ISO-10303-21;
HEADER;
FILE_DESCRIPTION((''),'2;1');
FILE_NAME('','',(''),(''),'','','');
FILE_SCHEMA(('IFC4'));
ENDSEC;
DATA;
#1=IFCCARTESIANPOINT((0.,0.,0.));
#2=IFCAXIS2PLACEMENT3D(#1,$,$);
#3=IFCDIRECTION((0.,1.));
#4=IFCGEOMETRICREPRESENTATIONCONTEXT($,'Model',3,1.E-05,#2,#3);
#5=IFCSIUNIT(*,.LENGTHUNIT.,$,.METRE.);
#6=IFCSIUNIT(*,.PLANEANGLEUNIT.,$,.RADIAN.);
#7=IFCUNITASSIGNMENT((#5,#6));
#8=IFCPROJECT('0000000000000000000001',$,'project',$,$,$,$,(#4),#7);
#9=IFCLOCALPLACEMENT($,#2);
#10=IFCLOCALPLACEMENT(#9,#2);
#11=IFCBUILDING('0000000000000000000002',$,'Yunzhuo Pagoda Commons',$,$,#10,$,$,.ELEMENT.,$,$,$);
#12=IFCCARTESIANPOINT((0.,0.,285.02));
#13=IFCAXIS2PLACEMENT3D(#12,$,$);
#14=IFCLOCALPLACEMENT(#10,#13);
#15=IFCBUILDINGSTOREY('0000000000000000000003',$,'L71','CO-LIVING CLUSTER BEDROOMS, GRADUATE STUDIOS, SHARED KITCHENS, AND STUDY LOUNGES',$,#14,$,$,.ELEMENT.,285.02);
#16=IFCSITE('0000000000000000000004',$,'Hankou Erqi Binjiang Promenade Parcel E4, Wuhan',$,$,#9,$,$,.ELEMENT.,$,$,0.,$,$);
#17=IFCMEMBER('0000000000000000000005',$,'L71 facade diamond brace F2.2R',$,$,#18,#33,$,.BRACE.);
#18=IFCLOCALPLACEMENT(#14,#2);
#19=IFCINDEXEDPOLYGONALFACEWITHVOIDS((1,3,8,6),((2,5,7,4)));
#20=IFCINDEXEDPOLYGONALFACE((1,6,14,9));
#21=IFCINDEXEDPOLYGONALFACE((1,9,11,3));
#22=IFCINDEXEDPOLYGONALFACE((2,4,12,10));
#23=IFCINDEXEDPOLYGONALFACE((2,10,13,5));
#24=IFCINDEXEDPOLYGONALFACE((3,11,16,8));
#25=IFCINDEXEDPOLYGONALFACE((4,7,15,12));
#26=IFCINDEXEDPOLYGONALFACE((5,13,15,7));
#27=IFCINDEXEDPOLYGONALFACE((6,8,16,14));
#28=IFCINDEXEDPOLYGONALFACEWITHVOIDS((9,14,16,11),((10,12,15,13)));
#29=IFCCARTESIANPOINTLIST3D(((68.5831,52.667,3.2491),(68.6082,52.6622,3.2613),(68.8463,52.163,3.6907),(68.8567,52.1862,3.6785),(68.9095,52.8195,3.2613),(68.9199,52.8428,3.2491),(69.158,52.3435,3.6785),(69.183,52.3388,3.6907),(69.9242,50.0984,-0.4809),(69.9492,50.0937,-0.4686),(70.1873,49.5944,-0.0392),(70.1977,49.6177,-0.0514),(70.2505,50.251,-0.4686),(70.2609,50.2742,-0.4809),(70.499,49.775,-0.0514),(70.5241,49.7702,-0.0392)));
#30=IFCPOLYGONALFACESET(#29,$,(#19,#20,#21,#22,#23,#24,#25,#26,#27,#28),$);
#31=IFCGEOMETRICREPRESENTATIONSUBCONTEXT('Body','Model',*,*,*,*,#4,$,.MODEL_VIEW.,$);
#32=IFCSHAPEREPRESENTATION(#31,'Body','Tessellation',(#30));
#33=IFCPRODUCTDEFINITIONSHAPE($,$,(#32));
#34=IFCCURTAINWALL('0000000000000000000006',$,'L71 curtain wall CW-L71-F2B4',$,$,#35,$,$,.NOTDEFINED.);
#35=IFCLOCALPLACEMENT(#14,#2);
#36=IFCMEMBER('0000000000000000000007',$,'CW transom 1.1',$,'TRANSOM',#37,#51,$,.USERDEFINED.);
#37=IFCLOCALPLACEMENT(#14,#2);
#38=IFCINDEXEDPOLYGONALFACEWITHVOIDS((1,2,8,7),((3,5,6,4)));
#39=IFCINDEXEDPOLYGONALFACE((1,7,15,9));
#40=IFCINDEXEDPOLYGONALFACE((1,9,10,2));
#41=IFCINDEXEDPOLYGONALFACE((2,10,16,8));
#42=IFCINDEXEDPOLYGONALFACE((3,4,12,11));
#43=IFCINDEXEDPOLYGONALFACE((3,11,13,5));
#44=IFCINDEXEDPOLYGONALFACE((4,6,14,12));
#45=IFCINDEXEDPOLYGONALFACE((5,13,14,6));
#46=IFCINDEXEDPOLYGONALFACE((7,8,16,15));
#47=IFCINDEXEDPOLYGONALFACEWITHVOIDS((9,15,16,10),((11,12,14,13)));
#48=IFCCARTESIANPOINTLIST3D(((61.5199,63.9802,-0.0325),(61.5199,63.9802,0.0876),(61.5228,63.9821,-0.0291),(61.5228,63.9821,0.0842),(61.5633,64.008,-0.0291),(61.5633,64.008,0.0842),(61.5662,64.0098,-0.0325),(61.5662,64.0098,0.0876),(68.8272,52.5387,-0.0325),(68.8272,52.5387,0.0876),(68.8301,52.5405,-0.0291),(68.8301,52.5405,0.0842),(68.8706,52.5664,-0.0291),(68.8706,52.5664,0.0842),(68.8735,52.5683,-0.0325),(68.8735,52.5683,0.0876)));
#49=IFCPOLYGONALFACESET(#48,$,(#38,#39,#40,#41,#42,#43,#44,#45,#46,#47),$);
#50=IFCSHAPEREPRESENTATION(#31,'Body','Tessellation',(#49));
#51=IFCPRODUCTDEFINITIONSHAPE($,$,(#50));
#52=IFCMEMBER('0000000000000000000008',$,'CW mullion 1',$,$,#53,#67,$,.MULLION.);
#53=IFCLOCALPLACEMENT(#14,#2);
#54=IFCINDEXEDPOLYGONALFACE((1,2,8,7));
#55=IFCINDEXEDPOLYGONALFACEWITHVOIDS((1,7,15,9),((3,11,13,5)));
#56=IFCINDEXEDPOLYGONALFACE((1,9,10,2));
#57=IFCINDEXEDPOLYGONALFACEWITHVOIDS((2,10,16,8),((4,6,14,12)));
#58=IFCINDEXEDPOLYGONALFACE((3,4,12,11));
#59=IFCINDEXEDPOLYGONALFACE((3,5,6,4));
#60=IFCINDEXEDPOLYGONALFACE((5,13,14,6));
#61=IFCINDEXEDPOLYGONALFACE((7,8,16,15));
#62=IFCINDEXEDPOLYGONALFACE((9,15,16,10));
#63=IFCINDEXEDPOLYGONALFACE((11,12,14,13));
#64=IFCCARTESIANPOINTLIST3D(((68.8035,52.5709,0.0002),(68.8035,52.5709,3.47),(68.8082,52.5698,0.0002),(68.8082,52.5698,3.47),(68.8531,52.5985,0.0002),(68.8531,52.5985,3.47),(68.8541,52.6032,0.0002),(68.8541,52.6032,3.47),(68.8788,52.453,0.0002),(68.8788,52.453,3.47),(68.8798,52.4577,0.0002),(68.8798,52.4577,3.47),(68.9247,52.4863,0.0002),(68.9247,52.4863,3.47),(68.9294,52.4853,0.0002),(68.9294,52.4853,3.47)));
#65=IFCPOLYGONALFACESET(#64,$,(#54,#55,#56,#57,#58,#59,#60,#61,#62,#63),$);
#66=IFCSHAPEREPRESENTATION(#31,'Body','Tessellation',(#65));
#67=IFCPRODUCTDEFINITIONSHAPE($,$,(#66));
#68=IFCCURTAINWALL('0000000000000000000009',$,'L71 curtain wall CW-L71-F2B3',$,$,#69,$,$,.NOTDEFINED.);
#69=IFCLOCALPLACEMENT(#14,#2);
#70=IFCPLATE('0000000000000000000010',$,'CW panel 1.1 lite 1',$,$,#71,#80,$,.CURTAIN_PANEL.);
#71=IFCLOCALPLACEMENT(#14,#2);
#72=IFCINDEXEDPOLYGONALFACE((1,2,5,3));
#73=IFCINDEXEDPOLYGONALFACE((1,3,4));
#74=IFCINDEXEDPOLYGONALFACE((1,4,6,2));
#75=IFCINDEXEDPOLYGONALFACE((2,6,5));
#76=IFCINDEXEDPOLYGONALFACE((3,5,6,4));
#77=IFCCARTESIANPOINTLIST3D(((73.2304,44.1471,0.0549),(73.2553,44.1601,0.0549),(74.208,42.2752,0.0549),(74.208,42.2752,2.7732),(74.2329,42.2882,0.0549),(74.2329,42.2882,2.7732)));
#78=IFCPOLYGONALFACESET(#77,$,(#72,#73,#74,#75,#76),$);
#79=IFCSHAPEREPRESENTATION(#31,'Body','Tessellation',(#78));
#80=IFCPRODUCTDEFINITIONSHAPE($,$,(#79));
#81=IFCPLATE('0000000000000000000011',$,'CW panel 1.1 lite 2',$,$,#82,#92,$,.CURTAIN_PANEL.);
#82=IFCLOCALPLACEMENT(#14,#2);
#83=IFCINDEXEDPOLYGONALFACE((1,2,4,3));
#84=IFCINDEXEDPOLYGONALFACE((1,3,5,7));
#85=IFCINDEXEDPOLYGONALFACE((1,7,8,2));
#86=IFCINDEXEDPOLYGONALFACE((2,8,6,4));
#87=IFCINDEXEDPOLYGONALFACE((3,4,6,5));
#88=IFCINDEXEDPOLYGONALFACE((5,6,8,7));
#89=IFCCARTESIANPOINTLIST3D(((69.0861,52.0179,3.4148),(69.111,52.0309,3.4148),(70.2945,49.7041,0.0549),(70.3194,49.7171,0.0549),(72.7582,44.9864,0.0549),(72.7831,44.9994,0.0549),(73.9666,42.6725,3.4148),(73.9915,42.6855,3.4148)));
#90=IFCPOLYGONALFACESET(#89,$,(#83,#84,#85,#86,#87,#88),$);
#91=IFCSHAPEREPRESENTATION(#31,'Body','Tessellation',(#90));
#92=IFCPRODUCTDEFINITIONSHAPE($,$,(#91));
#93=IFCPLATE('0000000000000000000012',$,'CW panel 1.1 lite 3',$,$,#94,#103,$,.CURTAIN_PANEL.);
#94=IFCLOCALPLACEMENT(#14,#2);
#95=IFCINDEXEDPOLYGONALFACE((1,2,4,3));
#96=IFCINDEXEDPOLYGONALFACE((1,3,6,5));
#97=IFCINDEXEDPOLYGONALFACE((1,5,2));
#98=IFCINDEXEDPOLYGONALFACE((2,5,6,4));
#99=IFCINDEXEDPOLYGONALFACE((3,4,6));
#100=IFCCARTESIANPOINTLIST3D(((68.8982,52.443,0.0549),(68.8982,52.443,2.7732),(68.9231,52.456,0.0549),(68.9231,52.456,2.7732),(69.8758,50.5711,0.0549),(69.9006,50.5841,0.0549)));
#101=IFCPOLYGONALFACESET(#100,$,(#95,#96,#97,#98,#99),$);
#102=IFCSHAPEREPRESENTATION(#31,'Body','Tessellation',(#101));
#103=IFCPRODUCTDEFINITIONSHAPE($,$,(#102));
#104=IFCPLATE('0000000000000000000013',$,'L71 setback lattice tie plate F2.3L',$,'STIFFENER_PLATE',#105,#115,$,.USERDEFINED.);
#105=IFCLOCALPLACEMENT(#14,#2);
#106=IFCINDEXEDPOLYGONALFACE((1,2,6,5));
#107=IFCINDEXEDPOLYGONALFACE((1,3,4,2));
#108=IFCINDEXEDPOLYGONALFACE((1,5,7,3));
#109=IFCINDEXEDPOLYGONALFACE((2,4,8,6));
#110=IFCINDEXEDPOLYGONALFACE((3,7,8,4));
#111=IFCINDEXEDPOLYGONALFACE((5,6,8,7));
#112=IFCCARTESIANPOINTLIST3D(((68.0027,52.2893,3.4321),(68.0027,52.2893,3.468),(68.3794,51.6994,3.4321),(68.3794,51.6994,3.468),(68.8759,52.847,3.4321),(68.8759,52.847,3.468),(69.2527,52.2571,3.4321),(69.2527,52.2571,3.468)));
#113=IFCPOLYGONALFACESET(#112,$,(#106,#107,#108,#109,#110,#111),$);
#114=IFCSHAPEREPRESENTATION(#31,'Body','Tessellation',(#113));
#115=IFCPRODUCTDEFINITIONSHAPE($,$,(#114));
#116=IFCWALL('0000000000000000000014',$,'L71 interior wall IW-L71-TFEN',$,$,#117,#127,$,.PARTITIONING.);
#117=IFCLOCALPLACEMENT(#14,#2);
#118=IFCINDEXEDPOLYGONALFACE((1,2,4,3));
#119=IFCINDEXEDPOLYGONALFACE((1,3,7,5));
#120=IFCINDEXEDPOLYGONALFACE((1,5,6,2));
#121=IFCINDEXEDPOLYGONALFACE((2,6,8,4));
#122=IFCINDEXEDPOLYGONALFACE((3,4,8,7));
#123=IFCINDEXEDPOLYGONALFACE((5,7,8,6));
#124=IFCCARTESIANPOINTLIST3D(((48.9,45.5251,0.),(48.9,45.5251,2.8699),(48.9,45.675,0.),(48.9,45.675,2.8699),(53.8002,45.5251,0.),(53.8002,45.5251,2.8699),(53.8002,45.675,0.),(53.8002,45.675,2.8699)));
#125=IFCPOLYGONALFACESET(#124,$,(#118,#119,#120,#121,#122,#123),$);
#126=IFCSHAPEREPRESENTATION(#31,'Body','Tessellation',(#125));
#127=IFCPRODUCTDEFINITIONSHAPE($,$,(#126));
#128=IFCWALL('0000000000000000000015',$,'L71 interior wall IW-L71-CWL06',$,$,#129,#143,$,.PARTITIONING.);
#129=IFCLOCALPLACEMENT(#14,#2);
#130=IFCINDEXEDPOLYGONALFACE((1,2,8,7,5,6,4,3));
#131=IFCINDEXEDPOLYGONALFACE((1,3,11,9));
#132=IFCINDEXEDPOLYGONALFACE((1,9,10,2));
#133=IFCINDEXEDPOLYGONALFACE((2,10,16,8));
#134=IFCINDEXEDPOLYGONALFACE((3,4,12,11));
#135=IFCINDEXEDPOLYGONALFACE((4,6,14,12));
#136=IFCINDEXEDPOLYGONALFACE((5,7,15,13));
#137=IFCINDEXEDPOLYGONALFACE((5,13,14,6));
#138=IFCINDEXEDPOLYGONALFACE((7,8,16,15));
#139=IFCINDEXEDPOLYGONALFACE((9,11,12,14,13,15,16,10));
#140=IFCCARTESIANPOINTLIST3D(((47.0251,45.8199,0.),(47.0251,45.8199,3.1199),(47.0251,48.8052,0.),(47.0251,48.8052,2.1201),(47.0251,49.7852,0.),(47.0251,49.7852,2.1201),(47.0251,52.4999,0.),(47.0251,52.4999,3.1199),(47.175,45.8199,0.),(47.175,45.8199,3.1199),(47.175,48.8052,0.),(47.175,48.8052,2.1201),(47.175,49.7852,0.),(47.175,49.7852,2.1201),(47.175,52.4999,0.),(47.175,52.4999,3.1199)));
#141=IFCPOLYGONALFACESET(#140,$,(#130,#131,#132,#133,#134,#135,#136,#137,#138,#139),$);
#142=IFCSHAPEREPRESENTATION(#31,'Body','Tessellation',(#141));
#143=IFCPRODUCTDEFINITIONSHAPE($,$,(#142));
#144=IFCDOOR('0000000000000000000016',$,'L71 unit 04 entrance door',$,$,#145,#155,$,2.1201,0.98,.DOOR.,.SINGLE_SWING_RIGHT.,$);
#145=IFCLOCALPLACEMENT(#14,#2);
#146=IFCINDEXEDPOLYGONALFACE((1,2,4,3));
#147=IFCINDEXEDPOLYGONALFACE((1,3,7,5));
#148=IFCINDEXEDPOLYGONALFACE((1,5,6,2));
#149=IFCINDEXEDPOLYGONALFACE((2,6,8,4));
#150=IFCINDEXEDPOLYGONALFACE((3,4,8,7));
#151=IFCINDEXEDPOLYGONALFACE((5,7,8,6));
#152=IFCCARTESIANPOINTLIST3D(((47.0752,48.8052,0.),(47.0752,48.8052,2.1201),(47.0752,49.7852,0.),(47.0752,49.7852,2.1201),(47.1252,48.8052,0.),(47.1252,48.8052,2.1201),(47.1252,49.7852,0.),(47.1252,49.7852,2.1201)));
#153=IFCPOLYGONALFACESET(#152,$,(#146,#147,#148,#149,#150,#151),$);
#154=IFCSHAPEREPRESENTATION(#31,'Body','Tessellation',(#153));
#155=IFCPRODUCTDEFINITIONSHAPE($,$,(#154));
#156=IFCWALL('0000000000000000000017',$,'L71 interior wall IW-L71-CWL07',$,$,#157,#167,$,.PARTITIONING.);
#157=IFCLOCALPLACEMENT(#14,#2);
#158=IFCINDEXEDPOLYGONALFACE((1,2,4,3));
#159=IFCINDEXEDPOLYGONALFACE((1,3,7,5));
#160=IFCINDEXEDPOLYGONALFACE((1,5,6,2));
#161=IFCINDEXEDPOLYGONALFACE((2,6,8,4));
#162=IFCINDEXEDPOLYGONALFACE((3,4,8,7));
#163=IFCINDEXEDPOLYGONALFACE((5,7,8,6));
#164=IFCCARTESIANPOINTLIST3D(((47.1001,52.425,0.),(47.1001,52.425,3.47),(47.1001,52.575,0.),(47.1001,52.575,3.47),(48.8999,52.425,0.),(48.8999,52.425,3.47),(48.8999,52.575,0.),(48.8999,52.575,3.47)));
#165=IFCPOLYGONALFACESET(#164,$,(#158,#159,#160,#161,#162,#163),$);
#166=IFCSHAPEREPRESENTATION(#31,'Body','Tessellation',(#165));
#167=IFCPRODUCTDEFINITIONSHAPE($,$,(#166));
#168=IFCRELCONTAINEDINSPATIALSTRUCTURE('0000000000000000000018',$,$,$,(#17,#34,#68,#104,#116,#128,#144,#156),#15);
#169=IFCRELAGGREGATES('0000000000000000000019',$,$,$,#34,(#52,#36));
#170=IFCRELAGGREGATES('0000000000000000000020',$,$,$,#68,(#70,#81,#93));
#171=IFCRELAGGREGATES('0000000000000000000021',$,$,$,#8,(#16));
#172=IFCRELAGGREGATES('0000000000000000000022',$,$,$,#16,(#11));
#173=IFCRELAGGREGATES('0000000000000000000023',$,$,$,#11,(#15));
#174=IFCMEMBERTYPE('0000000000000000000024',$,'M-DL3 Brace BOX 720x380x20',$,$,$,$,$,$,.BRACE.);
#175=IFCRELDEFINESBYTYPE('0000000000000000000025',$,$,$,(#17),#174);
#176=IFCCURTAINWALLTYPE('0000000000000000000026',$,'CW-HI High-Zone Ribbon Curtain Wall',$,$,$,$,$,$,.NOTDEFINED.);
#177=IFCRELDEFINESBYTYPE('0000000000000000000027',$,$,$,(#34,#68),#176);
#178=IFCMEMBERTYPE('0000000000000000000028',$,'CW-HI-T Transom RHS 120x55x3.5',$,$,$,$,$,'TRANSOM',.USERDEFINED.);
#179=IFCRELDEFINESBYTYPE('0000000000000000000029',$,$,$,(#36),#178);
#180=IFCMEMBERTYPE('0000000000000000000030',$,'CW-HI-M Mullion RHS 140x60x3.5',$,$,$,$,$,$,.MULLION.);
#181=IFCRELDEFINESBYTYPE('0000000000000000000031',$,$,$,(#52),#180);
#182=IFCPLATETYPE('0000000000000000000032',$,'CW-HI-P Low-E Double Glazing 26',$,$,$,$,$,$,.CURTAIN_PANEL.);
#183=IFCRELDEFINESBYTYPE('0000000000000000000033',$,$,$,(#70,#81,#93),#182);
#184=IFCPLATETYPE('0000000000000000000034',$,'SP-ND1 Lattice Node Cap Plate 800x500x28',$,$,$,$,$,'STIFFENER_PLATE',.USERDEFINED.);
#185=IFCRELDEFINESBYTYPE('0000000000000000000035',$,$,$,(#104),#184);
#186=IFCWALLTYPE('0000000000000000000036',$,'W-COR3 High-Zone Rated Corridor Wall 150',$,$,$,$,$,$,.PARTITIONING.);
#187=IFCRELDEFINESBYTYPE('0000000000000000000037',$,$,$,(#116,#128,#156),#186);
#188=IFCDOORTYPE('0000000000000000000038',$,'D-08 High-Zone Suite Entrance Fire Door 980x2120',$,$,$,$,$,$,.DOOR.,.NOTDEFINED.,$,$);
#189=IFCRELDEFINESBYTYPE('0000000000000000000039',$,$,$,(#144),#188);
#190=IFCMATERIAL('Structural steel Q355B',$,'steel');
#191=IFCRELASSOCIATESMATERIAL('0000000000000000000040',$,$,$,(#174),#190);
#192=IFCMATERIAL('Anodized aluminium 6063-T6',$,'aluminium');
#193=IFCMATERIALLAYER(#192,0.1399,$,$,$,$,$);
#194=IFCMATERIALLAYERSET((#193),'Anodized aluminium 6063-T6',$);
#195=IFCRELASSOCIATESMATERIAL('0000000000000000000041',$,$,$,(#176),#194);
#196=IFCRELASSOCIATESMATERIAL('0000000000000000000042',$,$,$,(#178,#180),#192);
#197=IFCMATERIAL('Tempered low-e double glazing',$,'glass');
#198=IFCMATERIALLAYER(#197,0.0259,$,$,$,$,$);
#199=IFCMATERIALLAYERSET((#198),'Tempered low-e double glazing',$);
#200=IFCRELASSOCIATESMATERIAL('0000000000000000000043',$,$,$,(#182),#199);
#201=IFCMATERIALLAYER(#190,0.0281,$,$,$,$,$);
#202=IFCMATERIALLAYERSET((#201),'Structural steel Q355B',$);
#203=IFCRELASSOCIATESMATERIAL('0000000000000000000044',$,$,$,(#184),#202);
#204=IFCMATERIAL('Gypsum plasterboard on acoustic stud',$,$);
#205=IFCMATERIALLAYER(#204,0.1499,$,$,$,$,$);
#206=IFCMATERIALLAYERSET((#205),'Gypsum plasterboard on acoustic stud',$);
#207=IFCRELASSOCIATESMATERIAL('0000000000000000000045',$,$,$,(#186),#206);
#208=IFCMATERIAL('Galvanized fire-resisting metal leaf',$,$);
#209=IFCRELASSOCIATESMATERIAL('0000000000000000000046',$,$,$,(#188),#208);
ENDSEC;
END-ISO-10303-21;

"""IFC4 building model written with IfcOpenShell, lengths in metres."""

from ifc_helpers import new_model, si_unit, direction, frame, frame_2d, origin, origin_with_axes, origin_2d, place, context, subcontext, project, spatial, polyline, rectangle, hollow_rectangle, outline, extrude, source, transform, mapped, material, layer, layer_set, material_profile, profile_set, type_object, element, fill, aggregate, save


model = new_model("IFC4")

# Units and contexts
model_context = context("Model", 3, precision=1e-05, world=origin(), true_north=direction((0.0, 1.0)))
body_context = subcontext(model_context, "Body", "Model", "MODEL_VIEW")
ifc_project = project(units=[si_unit("LENGTHUNIT", "METRE"), si_unit("PLANEANGLEUNIT", "RADIAN")], contexts=[model_context])

# Site, building, storey
site_placement = place(None, origin())
site = spatial("IfcSite", under=ifc_project, at=site_placement, Name="Hankou Erqi Binjiang Promenade Parcel E4, Wuhan", CompositionType="ELEMENT", RefElevation=0.0)
building_placement = place(site_placement, origin())
building = spatial("IfcBuilding", under=site, at=building_placement, Name="Yunzhuo Pagoda Commons", CompositionType="ELEMENT")
storey_placement = place(building_placement, frame((0.0, 0.0, 285.02)))
storey = spatial("IfcBuildingStorey", under=building, at=storey_placement, Name="L71", Description="CO-LIVING CLUSTER BEDROOMS, GRADUATE STUDIOS, SHARED KITCHENS, AND STUDY LOUNGES", CompositionType="ELEMENT", Elevation=285.02)

# Shared definitions
ifc_material_1 = material(Name="Structural steel Q355B", Category="steel")

# Member
ifc_material_profile_1 = material_profile(ifc_material_1, hollow_rectangle(XDim=0.3799, YDim=0.72, WallThickness=0.02, at=origin_2d()), Name="Structural steel Q355B")
ifc_profile_set_1 = profile_set([ifc_material_profile_1], Name="Structural steel Q355B")
member_type_1 = type_object("IfcMemberType", Name="M-DL3 Brace BOX 720x380x20", PredefinedType="BRACE", material=ifc_profile_set_1)
shared_shape_1 = source(origin(), body_context, "Body", "SweptSolid", [
    extrude(hollow_rectangle(XDim=0.3799, YDim=0.72, WallThickness=0.02, at=origin_2d()), origin(), (0.0, 0.0, 1.0), 4.7231),
])
member_1_placement = place(storey_placement, frame((70.2241, 49.9343, -0.26), z_axis=(-0.283929, 0.543823, 0.789709), x_axis=(-0.886454, -0.462817, 0.0)))
element("IfcMember", 1, at=member_1_placement, inside=storey, type_object=member_type_1, Name="L71 facade diamond brace F2.2R", PredefinedType="BRACE", context=body_context, shape_type="MappedRepresentation", body=[
    mapped(shared_shape_1, transform((0.0, 0.0, 0.0), scale=1.0)),
])

# Curtain wall, members
ifc_material_2 = material(Name="Anodized aluminium 6063-T6", Category="aluminium")
ifc_layer_1 = layer(ifc_material_2, 0.1399)
ifc_layer_set_1 = layer_set([ifc_layer_1], Name="Anodized aluminium 6063-T6")
curtain_wall_type = type_object("IfcCurtainWallType", Name="CW-HI High-Zone Ribbon Curtain Wall", PredefinedType="NOTDEFINED", material=ifc_layer_set_1)
curtain_wall_1_placement = place(storey_placement, origin())
curtain_wall_1 = element("IfcCurtainWall", 2, at=curtain_wall_1_placement, inside=storey, type_object=curtain_wall_type, Name="L71 curtain wall CW-L71-F2B4", PredefinedType="NOTDEFINED")
ifc_material_profile_2 = material_profile(ifc_material_2, hollow_rectangle(XDim=0.0549, YDim=0.1201, WallThickness=0.0034, at=origin_2d()), Name="Anodized aluminium 6063-T6")
ifc_profile_set_2 = profile_set([ifc_material_profile_2], Name="Anodized aluminium 6063-T6")
member_type_2 = type_object("IfcMemberType", Name="CW-HI-T Transom RHS 120x55x3.5", ElementType="TRANSOM", PredefinedType="USERDEFINED", material=ifc_profile_set_2)
shared_shape_2 = source(origin(), body_context, "Body", "SweptSolid", [
    extrude(hollow_rectangle(XDim=0.0549, YDim=0.1201, WallThickness=0.0034, at=origin_2d()), origin(), (0.0, 0.0, 1.0), 13.5759),
])
member_2_placement = place(storey_placement, frame((68.8503, 52.5535, 0.0276), z_axis=(-0.538255, 0.842782, 0.0), x_axis=(-0.842782, -0.538255, 0.0)))
member_2 = element("IfcMember", 3, at=member_2_placement, type_object=member_type_2, Name="CW transom 1.1", ObjectType="TRANSOM", PredefinedType="USERDEFINED", context=body_context, shape_type="MappedRepresentation", body=[
    mapped(shared_shape_2, transform((0.0, 0.0, 0.0), scale=1.0)),
])
ifc_material_profile_3 = material_profile(ifc_material_2, hollow_rectangle(XDim=0.0601, YDim=0.1399, WallThickness=0.0034, at=origin_2d()), Name="Anodized aluminium 6063-T6")
ifc_profile_set_3 = profile_set([ifc_material_profile_3], Name="Anodized aluminium 6063-T6")
member_type_3 = type_object("IfcMemberType", Name="CW-HI-M Mullion RHS 140x60x3.5", PredefinedType="MULLION", material=ifc_profile_set_3)
shared_shape_3 = source(origin(), body_context, "Body", "SweptSolid", [
    extrude(hollow_rectangle(XDim=0.0601, YDim=0.1399, WallThickness=0.0034, at=origin_2d()), origin(), (0.0, 0.0, 1.0), 3.4697),
])
member_3_placement = place(storey_placement, frame((68.8665, 52.5281, 0.0002), z_axis=(0.0, 0.0, 1.0), x_axis=(-0.842779, -0.53826, 0.0)))
member_3 = element("IfcMember", 4, at=member_3_placement, type_object=member_type_3, Name="CW mullion 1", PredefinedType="MULLION", context=body_context, shape_type="MappedRepresentation", body=[
    mapped(shared_shape_3, transform((0.0, 0.0, 0.0), scale=1.0)),
])
aggregate(curtain_wall_1, [member_3, member_2])

# Curtain wall, plates
curtain_wall_2_placement = place(storey_placement, origin())
curtain_wall_2 = element("IfcCurtainWall", 5, at=curtain_wall_2_placement, inside=storey, type_object=curtain_wall_type, Name="L71 curtain wall CW-L71-F2B3", PredefinedType="NOTDEFINED")
ifc_material_3 = material(Name="Tempered low-e double glazing", Category="glass")
ifc_layer_2 = layer(ifc_material_3, 0.0259)
ifc_layer_set_2 = layer_set([ifc_layer_2], Name="Tempered low-e double glazing")
plate_type_1 = type_object("IfcPlateType", Name="CW-HI-P Low-E Double Glazing 26", PredefinedType="CURTAIN_PANEL", material=ifc_layer_set_2)
plate_1_placement = place(storey_placement, frame((73.7192, 43.2112, 1.4141), z_axis=(0.886404, 0.462912, 0.0), x_axis=(-0.462912, 0.886404, 0.0)))
plate_1 = element("IfcPlate", 6, at=plate_1_placement, type_object=plate_type_1, Name="CW panel 1.1 lite 1", PredefinedType="CURTAIN_PANEL", context=body_context, shape_type="SweptSolid", body=[
    extrude(outline(polyline([(-1.0559, -1.3591), (1.0559, -1.3591), (-1.0559, 1.3591), (-1.0559, -1.3591)])), origin(), (0.0, 0.0, 1.0), 0.0281),
])
plate_2_placement = place(storey_placement, frame((71.5264, 47.3452, 1.7349), z_axis=(0.886404, 0.462912, 0.0), x_axis=(-0.462912, 0.886404, 0.0)))
plate_2 = element("IfcPlate", 7, at=plate_2_placement, type_object=plate_type_1, Name="CW panel 1.1 lite 2", PredefinedType="CURTAIN_PANEL", context=body_context, shape_type="SweptSolid", body=[
    extrude(outline(polyline([(-5.2715, 1.6799), (-2.6611, -1.6799), (2.6611, -1.6799), (5.2715, 1.6799), (-5.2715, 1.6799)])), origin(), (0.0, 0.0, 1.0), 0.0281),
])
plate_3_placement = place(storey_placement, frame((69.387, 51.5071, 1.4141), z_axis=(0.886404, 0.462912, 0.0), x_axis=(-0.462912, 0.886404, 0.0)))
plate_3 = element("IfcPlate", 8, at=plate_3_placement, type_object=plate_type_1, Name="CW panel 1.1 lite 3", PredefinedType="CURTAIN_PANEL", context=body_context, shape_type="SweptSolid", body=[
    extrude(outline(polyline([(-1.0559, -1.3591), (1.0559, -1.3591), (1.0559, 1.3591), (-1.0559, -1.3591)])), origin(), (0.0, 0.0, 1.0), 0.0281),
])
aggregate(curtain_wall_2, [plate_1, plate_2, plate_3])

# Plate
ifc_layer_3 = layer(ifc_material_1, 0.0281)
ifc_layer_set_3 = layer_set([ifc_layer_3], Name="Structural steel Q355B")
plate_type_2 = type_object("IfcPlateType", Name="SP-ND1 Lattice Node Cap Plate 800x500x28", ElementType="STIFFENER_PLATE", PredefinedType="USERDEFINED", material=ifc_layer_set_3)
shared_shape_4 = source(origin(), body_context, "Body", "SweptSolid", [
    extrude(rectangle(XDim=0.7, YDim=1.0361, at=origin_2d()), origin(), (0.0, 0.0, 1.0), 0.0359),
])
plate_4_placement = place(storey_placement, frame((68.6277, 52.2732, 3.4321), z_axis=(0.0, 0.0, 1.0), x_axis=(-0.538256, 0.842781, 0.0)))
element("IfcPlate", 9, at=plate_4_placement, inside=storey, type_object=plate_type_2, Name="L71 setback lattice tie plate F2.3L", ObjectType="STIFFENER_PLATE", PredefinedType="USERDEFINED", context=body_context, shape_type="MappedRepresentation", body=[
    mapped(shared_shape_4, transform((0.0, 0.0, 0.0), scale=1.0)),
])

# Wall
ifc_material_4 = material(Name="Gypsum plasterboard on acoustic stud")
ifc_layer_4 = layer(ifc_material_4, 0.1499)
ifc_layer_set_4 = layer_set([ifc_layer_4], Name="Gypsum plasterboard on acoustic stud")
wall_type_1 = type_object("IfcWallType", Name="W-COR3 High-Zone Rated Corridor Wall 150", PredefinedType="PARTITIONING", material=ifc_layer_set_4)
wall_1_placement = place(storey_placement, frame((48.8999, 45.6001, 0.0), z_axis=(0.0, 0.0, 1.0), x_axis=(1.0, 0.0, 0.0)))
element("IfcWall", 10, at=wall_1_placement, inside=storey, type_object=wall_type_1, Name="L71 interior wall IW-L71-TFEN", PredefinedType="PARTITIONING", context=body_context, shape_type="SweptSolid", body=[
    extrude(rectangle(XDim=4.9001, YDim=0.1499, at=frame_2d((2.4502, 0.0))), origin(), (0.0, 0.0, 1.0), 2.8699),
])

# Wall, opening, door
wall_2_placement = place(storey_placement, frame((47.1001, 45.8201, 0.0), z_axis=(0.0, 0.0, 1.0), x_axis=(0.0, 1.0, 0.0)))
wall_2 = element("IfcWall", 11, at=wall_2_placement, inside=storey, type_object=wall_type_1, Name="L71 interior wall IW-L71-CWL06", PredefinedType="PARTITIONING", context=body_context, shape_type="SweptSolid", body=[
    extrude(rectangle(XDim=6.6799, YDim=0.1499, at=frame_2d((3.3398, 0.0))), origin(), (0.0, 0.0, 1.0), 3.1199),
])
opening_placement = place(wall_2_placement, frame((2.9851, 0.0, 0.0)))
opening = element("IfcOpeningElement", 12, at=opening_placement, cuts=wall_2, PredefinedType="OPENING", context=body_context, shape_type="SweptSolid", body=[
    extrude(rectangle(XDim=0.98, YDim=2.1201, at=frame_2d((0.49, 1.0601))), frame((0.0, 0.085, 0.0), z_axis=(0.0, -1.0, 0.0), x_axis=(1.0, 0.0, 0.0)), (0.0, 0.0, 1.0), 0.1699),
])
ifc_material_5 = material(Name="Galvanized fire-resisting metal leaf")
door_type = type_object("IfcDoorType", Name="D-08 High-Zone Suite Entrance Fire Door 980x2120", OperationType="NOTDEFINED", PredefinedType="DOOR", material=ifc_material_5)
shared_shape_5 = source(origin(), body_context, "Body", "SweptSolid", [
    extrude(rectangle(XDim=0.98, YDim=2.1201, at=frame_2d((0.49, 1.0601))), frame((0.0, 0.0249, 0.0), z_axis=(0.0, -1.0, 0.0), x_axis=(1.0, 0.0, 0.0)), (0.0, 0.0, 1.0), 0.05),
])
door_placement = place(opening_placement, origin_with_axes())
door = element("IfcDoor", 13, at=door_placement, inside=storey, type_object=door_type, Name="L71 unit 04 entrance door", OperationType="SINGLE_SWING_RIGHT", OverallHeight=2.1201, OverallWidth=0.98, PredefinedType="DOOR", context=body_context, shape_type="MappedRepresentation", body=[
    mapped(shared_shape_5, transform((0.0, 0.0, 0.0), scale=1.0)),
])
fill(opening, door)

# Wall
wall_3_placement = place(storey_placement, frame((47.1001, 52.5, 0.0), z_axis=(0.0, 0.0, 1.0), x_axis=(1.0, 0.0, 0.0)))
element("IfcWall", 14, at=wall_3_placement, inside=storey, type_object=wall_type_1, Name="L71 interior wall IW-L71-CWL07", PredefinedType="PARTITIONING", context=body_context, shape_type="SweptSolid", body=[
    extrude(rectangle(XDim=1.7998, YDim=0.1499, at=frame_2d((0.8999, 0.0))), origin(), (0.0, 0.0, 1.0), 3.47),
])

save(model, "model.ifc")
